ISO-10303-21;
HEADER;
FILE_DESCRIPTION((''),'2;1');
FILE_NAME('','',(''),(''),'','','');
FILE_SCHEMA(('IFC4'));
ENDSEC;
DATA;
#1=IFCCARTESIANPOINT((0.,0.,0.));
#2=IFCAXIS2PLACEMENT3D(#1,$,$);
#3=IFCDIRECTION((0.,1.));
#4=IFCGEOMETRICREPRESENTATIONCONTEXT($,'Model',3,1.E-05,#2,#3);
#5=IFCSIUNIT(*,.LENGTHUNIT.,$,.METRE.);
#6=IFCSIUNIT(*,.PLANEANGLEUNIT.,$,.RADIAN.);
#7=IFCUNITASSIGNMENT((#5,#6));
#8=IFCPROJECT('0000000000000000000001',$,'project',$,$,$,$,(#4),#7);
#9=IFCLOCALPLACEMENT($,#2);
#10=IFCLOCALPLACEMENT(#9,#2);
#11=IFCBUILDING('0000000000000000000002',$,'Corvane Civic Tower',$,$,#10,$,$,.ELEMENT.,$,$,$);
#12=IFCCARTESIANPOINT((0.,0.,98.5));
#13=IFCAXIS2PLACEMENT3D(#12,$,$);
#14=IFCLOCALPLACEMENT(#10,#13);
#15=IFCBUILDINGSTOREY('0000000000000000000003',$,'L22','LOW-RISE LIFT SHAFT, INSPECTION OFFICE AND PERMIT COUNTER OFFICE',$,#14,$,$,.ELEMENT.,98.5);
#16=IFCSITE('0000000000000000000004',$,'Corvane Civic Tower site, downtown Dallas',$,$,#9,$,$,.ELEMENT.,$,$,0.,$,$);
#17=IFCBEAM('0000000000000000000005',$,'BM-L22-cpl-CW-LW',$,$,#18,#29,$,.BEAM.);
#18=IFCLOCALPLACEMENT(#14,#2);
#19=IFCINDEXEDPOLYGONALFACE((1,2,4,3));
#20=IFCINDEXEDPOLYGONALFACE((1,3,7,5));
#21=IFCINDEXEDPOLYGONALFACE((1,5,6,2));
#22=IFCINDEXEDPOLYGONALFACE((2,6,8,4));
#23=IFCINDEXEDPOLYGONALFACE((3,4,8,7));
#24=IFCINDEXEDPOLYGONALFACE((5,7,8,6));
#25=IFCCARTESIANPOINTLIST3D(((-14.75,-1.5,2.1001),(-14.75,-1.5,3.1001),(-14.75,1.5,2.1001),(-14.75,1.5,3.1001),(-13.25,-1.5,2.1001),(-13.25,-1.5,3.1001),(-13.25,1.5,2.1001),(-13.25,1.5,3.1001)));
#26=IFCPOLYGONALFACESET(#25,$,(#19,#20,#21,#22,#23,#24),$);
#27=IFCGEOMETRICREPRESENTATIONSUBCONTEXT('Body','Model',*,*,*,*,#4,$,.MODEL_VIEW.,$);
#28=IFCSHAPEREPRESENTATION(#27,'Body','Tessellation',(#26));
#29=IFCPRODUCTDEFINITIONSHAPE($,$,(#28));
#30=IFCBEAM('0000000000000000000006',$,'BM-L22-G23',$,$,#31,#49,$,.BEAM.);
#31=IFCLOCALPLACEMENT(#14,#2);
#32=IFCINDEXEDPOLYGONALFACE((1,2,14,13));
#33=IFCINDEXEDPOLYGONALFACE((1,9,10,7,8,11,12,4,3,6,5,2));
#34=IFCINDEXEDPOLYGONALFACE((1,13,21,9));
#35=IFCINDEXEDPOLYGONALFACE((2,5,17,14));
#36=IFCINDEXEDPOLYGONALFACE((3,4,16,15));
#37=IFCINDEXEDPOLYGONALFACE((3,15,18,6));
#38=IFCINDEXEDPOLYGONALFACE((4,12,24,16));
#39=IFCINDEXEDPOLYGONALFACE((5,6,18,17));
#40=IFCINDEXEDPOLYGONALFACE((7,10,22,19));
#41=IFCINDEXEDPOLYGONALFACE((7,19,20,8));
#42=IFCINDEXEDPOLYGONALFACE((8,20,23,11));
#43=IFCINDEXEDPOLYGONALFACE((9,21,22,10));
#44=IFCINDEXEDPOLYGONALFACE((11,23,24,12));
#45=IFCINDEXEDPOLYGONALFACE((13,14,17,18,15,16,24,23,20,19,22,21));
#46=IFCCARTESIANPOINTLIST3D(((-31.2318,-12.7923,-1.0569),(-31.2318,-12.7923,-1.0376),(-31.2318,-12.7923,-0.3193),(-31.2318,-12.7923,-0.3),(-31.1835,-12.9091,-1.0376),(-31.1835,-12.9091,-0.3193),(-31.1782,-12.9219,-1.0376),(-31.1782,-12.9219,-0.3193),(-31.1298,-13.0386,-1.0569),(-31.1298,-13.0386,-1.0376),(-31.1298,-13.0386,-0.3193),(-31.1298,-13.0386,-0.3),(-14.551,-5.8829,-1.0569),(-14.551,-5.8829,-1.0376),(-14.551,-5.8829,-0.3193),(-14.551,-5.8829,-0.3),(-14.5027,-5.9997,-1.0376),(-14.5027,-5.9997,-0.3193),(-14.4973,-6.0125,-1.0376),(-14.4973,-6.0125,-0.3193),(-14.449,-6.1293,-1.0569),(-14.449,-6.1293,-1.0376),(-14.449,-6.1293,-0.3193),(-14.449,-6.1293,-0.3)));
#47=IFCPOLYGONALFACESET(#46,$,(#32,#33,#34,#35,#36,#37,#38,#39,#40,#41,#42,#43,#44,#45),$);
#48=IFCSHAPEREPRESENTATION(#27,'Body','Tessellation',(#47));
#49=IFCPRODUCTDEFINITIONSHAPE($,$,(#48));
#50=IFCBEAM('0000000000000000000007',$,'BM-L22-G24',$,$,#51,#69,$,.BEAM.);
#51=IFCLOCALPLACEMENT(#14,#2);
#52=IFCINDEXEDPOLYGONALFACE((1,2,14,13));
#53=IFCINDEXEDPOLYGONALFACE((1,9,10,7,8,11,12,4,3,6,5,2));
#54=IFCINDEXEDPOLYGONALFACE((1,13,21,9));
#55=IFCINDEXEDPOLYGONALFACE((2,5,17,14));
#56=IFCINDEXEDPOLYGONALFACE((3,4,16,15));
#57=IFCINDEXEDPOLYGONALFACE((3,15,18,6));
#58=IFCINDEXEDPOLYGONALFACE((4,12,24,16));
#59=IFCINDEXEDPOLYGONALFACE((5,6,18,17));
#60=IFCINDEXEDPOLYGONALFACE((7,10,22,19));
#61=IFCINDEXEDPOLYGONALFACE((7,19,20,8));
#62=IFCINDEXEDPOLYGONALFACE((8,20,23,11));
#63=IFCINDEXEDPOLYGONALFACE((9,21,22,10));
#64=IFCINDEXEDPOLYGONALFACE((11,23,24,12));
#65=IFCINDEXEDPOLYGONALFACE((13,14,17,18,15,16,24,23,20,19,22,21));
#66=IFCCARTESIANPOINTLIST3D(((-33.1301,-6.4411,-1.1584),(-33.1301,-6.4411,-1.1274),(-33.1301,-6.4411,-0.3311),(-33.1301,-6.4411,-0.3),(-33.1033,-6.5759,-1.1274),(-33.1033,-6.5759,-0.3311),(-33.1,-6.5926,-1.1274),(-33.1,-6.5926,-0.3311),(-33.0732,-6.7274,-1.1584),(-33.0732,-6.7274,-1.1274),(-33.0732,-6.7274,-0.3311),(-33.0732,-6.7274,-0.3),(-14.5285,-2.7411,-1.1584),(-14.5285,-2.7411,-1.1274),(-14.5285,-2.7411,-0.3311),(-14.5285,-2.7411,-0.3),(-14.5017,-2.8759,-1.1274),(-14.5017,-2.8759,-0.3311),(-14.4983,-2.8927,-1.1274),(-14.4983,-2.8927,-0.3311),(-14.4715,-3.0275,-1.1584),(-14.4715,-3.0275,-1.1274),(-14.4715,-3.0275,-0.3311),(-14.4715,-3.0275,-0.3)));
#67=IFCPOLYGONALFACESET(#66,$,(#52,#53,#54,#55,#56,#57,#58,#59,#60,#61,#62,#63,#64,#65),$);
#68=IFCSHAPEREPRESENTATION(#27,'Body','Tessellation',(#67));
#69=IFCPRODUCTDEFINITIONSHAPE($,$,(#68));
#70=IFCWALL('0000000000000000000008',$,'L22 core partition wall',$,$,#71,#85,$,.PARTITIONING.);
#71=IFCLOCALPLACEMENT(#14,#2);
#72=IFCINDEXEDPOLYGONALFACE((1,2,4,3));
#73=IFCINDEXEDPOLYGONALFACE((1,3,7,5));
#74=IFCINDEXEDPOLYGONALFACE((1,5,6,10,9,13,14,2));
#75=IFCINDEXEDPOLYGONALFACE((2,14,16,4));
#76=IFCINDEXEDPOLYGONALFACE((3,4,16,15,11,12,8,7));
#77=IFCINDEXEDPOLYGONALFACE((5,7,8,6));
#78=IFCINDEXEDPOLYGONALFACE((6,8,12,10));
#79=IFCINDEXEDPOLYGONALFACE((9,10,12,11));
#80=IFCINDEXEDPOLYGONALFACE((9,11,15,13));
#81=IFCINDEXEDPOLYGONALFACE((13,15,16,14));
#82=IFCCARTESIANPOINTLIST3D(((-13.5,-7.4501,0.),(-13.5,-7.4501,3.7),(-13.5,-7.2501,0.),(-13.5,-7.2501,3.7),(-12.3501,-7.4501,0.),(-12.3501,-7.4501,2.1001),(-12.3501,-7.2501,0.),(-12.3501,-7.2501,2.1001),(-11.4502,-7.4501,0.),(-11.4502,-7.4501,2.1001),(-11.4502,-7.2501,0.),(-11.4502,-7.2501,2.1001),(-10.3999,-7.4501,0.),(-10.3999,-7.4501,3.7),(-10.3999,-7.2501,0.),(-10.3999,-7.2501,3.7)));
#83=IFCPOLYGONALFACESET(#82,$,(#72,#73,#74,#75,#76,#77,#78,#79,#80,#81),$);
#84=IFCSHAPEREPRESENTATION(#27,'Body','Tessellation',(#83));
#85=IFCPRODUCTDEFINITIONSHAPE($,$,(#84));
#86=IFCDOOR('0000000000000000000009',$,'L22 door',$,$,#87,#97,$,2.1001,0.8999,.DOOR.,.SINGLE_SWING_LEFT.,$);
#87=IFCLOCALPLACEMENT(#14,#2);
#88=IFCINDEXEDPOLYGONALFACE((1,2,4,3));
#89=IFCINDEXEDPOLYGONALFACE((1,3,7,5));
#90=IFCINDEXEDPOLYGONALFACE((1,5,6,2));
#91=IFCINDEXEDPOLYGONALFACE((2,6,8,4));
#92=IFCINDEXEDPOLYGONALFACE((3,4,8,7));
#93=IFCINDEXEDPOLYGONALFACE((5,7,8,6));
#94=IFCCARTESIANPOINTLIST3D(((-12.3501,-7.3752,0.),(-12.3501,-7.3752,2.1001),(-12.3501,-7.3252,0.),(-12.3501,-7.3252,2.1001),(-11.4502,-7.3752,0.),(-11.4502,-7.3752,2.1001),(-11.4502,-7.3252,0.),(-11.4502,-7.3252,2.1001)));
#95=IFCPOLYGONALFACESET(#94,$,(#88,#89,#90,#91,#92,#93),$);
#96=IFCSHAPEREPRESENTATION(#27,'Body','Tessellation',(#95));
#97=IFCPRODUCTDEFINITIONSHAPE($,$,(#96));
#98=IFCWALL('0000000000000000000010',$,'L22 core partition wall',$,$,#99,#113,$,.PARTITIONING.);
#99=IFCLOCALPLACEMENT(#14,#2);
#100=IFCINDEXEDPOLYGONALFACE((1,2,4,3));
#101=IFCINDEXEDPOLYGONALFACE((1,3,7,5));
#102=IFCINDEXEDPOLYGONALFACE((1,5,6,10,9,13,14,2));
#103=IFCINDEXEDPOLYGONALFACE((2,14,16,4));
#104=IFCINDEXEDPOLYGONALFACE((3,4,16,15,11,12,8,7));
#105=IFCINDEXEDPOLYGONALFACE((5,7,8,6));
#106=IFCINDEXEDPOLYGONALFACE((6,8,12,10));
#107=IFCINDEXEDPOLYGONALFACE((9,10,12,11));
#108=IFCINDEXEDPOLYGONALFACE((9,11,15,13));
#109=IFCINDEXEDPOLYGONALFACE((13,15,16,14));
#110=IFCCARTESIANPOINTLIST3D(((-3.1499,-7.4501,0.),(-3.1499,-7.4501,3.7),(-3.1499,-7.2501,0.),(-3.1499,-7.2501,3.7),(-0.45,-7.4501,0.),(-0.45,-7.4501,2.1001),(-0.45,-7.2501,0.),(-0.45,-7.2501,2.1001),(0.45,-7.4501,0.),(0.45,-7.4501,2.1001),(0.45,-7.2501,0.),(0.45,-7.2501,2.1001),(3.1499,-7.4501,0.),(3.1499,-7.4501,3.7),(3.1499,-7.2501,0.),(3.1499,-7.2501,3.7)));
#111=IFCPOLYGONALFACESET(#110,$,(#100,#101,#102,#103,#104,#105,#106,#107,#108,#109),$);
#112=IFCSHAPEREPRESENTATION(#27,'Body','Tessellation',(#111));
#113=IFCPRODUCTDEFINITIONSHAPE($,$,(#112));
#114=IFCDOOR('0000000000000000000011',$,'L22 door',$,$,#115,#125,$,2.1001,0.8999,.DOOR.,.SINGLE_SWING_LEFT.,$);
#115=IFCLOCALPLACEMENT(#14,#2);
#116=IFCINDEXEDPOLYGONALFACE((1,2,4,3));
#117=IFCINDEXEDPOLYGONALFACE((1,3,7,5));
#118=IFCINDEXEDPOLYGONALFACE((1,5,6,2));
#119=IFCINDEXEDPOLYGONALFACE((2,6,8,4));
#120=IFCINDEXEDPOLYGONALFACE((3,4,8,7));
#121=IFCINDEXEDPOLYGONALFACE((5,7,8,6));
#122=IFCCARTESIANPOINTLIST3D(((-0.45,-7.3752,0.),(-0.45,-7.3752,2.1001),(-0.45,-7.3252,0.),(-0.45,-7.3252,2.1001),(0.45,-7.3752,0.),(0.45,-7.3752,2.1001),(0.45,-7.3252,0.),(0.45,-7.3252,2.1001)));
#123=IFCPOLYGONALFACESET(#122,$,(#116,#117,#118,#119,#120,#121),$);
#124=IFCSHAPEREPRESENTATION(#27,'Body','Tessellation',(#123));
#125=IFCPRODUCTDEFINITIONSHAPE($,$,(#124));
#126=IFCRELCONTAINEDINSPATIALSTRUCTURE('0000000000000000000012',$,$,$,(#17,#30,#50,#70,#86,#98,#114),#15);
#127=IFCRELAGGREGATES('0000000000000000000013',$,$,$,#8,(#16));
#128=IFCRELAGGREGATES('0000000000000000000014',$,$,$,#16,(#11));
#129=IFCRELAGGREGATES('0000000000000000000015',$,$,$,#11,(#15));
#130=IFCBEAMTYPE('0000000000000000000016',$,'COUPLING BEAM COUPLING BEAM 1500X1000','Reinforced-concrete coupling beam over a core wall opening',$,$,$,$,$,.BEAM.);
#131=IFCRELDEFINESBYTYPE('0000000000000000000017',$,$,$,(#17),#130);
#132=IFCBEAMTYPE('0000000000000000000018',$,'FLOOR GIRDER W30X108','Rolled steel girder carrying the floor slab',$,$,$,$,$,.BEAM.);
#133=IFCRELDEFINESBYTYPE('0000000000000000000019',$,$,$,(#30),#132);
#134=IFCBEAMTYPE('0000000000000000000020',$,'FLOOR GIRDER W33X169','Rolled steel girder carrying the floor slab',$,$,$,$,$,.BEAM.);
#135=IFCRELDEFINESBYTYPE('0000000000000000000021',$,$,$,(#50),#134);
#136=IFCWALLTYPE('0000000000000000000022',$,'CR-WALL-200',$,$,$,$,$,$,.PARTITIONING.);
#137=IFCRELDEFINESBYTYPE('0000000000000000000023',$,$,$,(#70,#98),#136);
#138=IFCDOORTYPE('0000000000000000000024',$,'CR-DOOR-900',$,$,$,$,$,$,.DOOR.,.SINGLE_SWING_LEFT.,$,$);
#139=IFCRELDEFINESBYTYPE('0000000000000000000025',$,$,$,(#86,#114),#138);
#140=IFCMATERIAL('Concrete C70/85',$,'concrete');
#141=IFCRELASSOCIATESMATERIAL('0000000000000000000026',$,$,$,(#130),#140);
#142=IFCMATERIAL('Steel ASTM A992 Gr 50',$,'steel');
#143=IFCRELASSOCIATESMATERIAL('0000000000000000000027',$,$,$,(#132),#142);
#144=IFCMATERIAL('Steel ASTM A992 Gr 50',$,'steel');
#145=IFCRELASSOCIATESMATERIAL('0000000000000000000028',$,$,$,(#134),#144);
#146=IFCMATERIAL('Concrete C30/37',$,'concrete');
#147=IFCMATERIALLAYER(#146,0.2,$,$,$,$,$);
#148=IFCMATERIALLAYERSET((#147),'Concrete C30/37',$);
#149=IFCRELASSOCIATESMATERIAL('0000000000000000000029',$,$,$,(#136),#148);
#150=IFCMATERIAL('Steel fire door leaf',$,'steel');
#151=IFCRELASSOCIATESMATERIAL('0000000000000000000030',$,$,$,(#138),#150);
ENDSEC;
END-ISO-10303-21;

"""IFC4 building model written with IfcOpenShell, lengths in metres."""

from ifc_helpers import new_model, si_unit, direction, frame, frame_2d, origin, origin_2d, place, context, subcontext, project, spatial, rectangle, i_section, extrude, material, layer, layer_set, material_profile, profile_set, type_object, element, fill, save


model = new_model("IFC4")

# Units and contexts
model_context = context("Model", 3, precision=1e-05, world=origin(), true_north=direction((0.0, 1.0)))
body_context = subcontext(model_context, "Body", "Model", "MODEL_VIEW")
ifc_project = project(units=[si_unit("LENGTHUNIT", "METRE"), si_unit("PLANEANGLEUNIT", "RADIAN")], contexts=[model_context])

# Site, building, storey
site_placement = place(None, origin())
site = spatial("IfcSite", under=ifc_project, at=site_placement, Name="Corvane Civic Tower site, downtown Dallas", CompositionType="ELEMENT", RefElevation=0.0)
building_placement = place(site_placement, origin())
building = spatial("IfcBuilding", under=site, at=building_placement, Name="Corvane Civic Tower", CompositionType="ELEMENT")
storey_placement = place(building_placement, frame((0.0, 0.0, 98.5)))
storey = spatial("IfcBuildingStorey", under=building, at=storey_placement, Name="L22", Description="LOW-RISE LIFT SHAFT, INSPECTION OFFICE AND PERMIT COUNTER OFFICE", CompositionType="ELEMENT", Elevation=98.5)

# Beams
ifc_material_1 = material(Name="Concrete C70/85", Category="concrete")
ifc_material_profile_1 = material_profile(ifc_material_1, rectangle(XDim=1.5, YDim=1.0, at=origin_2d()), Name="COUPLING BEAM 1500X1000")
ifc_profile_set_1 = profile_set([ifc_material_profile_1], Name="Concrete C70/85")
beam_type_1 = type_object("IfcBeamType", Name="COUPLING BEAM COUPLING BEAM 1500X1000", Description="Reinforced-concrete coupling beam over a core wall opening", PredefinedType="BEAM", material=ifc_profile_set_1)
beam_1_placement = place(storey_placement, frame((-14.0, -1.5, 2.6001), z_axis=(0.0, 1.0, 0.0), x_axis=(-1.0, 0.0, 0.0)))
element("IfcBeam", 1, at=beam_1_placement, inside=storey, type_object=beam_type_1, Name="BM-L22-cpl-CW-LW", PredefinedType="BEAM", context=body_context, shape_type="SweptSolid", body=[
    extrude(rectangle(XDim=1.5, YDim=1.0, at=origin_2d()), origin(), (0.0, 0.0, 1.0), 3.0),
])
ifc_material_2 = material(Name="Steel ASTM A992 Gr 50", Category="steel")
ifc_material_profile_2 = material_profile(ifc_material_2, i_section(OverallWidth=0.2666, OverallDepth=0.7568, WebThickness=0.0139, FlangeThickness=0.0193, at=origin_2d()), Name="W30X108")
ifc_profile_set_2 = profile_set([ifc_material_profile_2], Name="Steel ASTM A992 Gr 50")
beam_type_2 = type_object("IfcBeamType", Name="FLOOR GIRDER W30X108", Description="Rolled steel girder carrying the floor slab", PredefinedType="BEAM", material=ifc_profile_set_2)
beam_2_placement = place(storey_placement, frame((-14.5, -6.0061, -0.6785), z_axis=(-0.92388, -0.382682, 0.0), x_axis=(0.382682, -0.92388, 0.0)))
element("IfcBeam", 2, at=beam_2_placement, inside=storey, type_object=beam_type_2, Name="BM-L22-G23", PredefinedType="BEAM", context=body_context, shape_type="SweptSolid", body=[
    extrude(i_section(OverallWidth=0.2666, OverallDepth=0.7568, WebThickness=0.0139, FlangeThickness=0.0193, at=origin_2d()), origin(), (0.0, 0.0, 1.0), 18.0552),
])
ifc_material_3 = material(Name="Steel ASTM A992 Gr 50", Category="steel")
ifc_material_profile_3 = material_profile(ifc_material_3, i_section(OverallWidth=0.292, OverallDepth=0.8584, WebThickness=0.0171, FlangeThickness=0.031, at=origin_2d()), Name="W33X169")
ifc_profile_set_3 = profile_set([ifc_material_profile_3], Name="Steel ASTM A992 Gr 50")
beam_type_3 = type_object("IfcBeamType", Name="FLOOR GIRDER W33X169", Description="Rolled steel girder carrying the floor slab", PredefinedType="BEAM", material=ifc_profile_set_3)
beam_3_placement = place(storey_placement, frame((-14.5, -2.8843, -0.7292), z_axis=(-0.980787, -0.195084, 0.0), x_axis=(0.195084, -0.980787, 0.0)))
element("IfcBeam", 3, at=beam_3_placement, inside=storey, type_object=beam_type_3, Name="BM-L22-G24", PredefinedType="BEAM", context=body_context, shape_type="SweptSolid", body=[
    extrude(i_section(OverallWidth=0.292, OverallDepth=0.8584, WebThickness=0.0171, FlangeThickness=0.031, at=origin_2d()), origin(), (0.0, 0.0, 1.0), 18.9661),
])

# Walls, openings, doors
ifc_material_4 = material(Name="Concrete C30/37", Category="concrete")
ifc_layer_1 = layer(ifc_material_4, 0.2)
ifc_layer_set_1 = layer_set([ifc_layer_1], Name="Concrete C30/37")
wall_type_1 = type_object("IfcWallType", Name="CR-WALL-200", PredefinedType="PARTITIONING", material=ifc_layer_set_1)
wall_1_placement = place(storey_placement, frame((-13.5, -7.3501, 0.0), z_axis=(0.0, 0.0, 1.0), x_axis=(1.0, 0.0, 0.0)))
wall_1 = element("IfcWall", 4, at=wall_1_placement, inside=storey, type_object=wall_type_1, Name="L22 core partition wall", PredefinedType="PARTITIONING", context=body_context, shape_type="SweptSolid", body=[
    extrude(rectangle(XDim=3.1001, YDim=0.2, at=frame_2d((1.55, 0.0))), origin(), (0.0, 0.0, 1.0), 3.7),
])
opening_1_placement = place(wall_1_placement, frame((1.1499, 0.0, 0.0)))
opening_1 = element("IfcOpeningElement", 5, at=opening_1_placement, cuts=wall_1, PredefinedType="OPENING", context=body_context, shape_type="SweptSolid", body=[
    extrude(rectangle(XDim=0.8999, YDim=2.1001, at=frame_2d((0.45, 1.05))), frame((0.0, 0.1099, 0.0), z_axis=(0.0, -1.0, 0.0), x_axis=(1.0, 0.0, 0.0)), (0.0, 0.0, 1.0), 0.22),
])
ifc_material_5 = material(Name="Steel fire door leaf", Category="steel")
door_type_1 = type_object("IfcDoorType", Name="CR-DOOR-900", OperationType="SINGLE_SWING_LEFT", PredefinedType="DOOR", material=ifc_material_5)
door_1_placement = place(opening_1_placement, origin())
door_1 = element("IfcDoor", 6, at=door_1_placement, inside=storey, type_object=door_type_1, Name="L22 door", OperationType="SINGLE_SWING_LEFT", OverallHeight=2.1001, OverallWidth=0.8999, PredefinedType="DOOR", context=body_context, shape_type="SweptSolid", body=[
    extrude(rectangle(XDim=0.8999, YDim=2.1001, at=frame_2d((0.45, 1.05))), frame((0.0, 0.0249, 0.0), z_axis=(0.0, -1.0, 0.0), x_axis=(1.0, 0.0, 0.0)), (0.0, 0.0, 1.0), 0.05),
])
fill(opening_1, door_1)
wall_2_placement = place(storey_placement, frame((-3.1499, -7.3501, 0.0), z_axis=(0.0, 0.0, 1.0), x_axis=(1.0, 0.0, 0.0)))
wall_2 = element("IfcWall", 7, at=wall_2_placement, inside=storey, type_object=wall_type_1, Name="L22 core partition wall", PredefinedType="PARTITIONING", context=body_context, shape_type="SweptSolid", body=[
    extrude(rectangle(XDim=6.2998, YDim=0.2, at=frame_2d((3.1499, 0.0))), origin(), (0.0, 0.0, 1.0), 3.7),
])
opening_2_placement = place(wall_2_placement, frame((2.7, 0.0, 0.0)))
opening_2 = element("IfcOpeningElement", 8, at=opening_2_placement, cuts=wall_2, PredefinedType="OPENING", context=body_context, shape_type="SweptSolid", body=[
    extrude(rectangle(XDim=0.8999, YDim=2.1001, at=frame_2d((0.45, 1.05))), frame((0.0, 0.1099, 0.0), z_axis=(0.0, -1.0, 0.0), x_axis=(1.0, 0.0, 0.0)), (0.0, 0.0, 1.0), 0.22),
])
door_2_placement = place(opening_2_placement, origin())
door_2 = element("IfcDoor", 9, at=door_2_placement, inside=storey, type_object=door_type_1, Name="L22 door", OperationType="SINGLE_SWING_LEFT", OverallHeight=2.1001, OverallWidth=0.8999, PredefinedType="DOOR", context=body_context, shape_type="SweptSolid", body=[
    extrude(rectangle(XDim=0.8999, YDim=2.1001, at=frame_2d((0.45, 1.05))), frame((0.0, 0.0249, 0.0), z_axis=(0.0, -1.0, 0.0), x_axis=(1.0, 0.0, 0.0)), (0.0, 0.0, 1.0), 0.05),
])
fill(opening_2, door_2)

save(model, "model.ifc")
